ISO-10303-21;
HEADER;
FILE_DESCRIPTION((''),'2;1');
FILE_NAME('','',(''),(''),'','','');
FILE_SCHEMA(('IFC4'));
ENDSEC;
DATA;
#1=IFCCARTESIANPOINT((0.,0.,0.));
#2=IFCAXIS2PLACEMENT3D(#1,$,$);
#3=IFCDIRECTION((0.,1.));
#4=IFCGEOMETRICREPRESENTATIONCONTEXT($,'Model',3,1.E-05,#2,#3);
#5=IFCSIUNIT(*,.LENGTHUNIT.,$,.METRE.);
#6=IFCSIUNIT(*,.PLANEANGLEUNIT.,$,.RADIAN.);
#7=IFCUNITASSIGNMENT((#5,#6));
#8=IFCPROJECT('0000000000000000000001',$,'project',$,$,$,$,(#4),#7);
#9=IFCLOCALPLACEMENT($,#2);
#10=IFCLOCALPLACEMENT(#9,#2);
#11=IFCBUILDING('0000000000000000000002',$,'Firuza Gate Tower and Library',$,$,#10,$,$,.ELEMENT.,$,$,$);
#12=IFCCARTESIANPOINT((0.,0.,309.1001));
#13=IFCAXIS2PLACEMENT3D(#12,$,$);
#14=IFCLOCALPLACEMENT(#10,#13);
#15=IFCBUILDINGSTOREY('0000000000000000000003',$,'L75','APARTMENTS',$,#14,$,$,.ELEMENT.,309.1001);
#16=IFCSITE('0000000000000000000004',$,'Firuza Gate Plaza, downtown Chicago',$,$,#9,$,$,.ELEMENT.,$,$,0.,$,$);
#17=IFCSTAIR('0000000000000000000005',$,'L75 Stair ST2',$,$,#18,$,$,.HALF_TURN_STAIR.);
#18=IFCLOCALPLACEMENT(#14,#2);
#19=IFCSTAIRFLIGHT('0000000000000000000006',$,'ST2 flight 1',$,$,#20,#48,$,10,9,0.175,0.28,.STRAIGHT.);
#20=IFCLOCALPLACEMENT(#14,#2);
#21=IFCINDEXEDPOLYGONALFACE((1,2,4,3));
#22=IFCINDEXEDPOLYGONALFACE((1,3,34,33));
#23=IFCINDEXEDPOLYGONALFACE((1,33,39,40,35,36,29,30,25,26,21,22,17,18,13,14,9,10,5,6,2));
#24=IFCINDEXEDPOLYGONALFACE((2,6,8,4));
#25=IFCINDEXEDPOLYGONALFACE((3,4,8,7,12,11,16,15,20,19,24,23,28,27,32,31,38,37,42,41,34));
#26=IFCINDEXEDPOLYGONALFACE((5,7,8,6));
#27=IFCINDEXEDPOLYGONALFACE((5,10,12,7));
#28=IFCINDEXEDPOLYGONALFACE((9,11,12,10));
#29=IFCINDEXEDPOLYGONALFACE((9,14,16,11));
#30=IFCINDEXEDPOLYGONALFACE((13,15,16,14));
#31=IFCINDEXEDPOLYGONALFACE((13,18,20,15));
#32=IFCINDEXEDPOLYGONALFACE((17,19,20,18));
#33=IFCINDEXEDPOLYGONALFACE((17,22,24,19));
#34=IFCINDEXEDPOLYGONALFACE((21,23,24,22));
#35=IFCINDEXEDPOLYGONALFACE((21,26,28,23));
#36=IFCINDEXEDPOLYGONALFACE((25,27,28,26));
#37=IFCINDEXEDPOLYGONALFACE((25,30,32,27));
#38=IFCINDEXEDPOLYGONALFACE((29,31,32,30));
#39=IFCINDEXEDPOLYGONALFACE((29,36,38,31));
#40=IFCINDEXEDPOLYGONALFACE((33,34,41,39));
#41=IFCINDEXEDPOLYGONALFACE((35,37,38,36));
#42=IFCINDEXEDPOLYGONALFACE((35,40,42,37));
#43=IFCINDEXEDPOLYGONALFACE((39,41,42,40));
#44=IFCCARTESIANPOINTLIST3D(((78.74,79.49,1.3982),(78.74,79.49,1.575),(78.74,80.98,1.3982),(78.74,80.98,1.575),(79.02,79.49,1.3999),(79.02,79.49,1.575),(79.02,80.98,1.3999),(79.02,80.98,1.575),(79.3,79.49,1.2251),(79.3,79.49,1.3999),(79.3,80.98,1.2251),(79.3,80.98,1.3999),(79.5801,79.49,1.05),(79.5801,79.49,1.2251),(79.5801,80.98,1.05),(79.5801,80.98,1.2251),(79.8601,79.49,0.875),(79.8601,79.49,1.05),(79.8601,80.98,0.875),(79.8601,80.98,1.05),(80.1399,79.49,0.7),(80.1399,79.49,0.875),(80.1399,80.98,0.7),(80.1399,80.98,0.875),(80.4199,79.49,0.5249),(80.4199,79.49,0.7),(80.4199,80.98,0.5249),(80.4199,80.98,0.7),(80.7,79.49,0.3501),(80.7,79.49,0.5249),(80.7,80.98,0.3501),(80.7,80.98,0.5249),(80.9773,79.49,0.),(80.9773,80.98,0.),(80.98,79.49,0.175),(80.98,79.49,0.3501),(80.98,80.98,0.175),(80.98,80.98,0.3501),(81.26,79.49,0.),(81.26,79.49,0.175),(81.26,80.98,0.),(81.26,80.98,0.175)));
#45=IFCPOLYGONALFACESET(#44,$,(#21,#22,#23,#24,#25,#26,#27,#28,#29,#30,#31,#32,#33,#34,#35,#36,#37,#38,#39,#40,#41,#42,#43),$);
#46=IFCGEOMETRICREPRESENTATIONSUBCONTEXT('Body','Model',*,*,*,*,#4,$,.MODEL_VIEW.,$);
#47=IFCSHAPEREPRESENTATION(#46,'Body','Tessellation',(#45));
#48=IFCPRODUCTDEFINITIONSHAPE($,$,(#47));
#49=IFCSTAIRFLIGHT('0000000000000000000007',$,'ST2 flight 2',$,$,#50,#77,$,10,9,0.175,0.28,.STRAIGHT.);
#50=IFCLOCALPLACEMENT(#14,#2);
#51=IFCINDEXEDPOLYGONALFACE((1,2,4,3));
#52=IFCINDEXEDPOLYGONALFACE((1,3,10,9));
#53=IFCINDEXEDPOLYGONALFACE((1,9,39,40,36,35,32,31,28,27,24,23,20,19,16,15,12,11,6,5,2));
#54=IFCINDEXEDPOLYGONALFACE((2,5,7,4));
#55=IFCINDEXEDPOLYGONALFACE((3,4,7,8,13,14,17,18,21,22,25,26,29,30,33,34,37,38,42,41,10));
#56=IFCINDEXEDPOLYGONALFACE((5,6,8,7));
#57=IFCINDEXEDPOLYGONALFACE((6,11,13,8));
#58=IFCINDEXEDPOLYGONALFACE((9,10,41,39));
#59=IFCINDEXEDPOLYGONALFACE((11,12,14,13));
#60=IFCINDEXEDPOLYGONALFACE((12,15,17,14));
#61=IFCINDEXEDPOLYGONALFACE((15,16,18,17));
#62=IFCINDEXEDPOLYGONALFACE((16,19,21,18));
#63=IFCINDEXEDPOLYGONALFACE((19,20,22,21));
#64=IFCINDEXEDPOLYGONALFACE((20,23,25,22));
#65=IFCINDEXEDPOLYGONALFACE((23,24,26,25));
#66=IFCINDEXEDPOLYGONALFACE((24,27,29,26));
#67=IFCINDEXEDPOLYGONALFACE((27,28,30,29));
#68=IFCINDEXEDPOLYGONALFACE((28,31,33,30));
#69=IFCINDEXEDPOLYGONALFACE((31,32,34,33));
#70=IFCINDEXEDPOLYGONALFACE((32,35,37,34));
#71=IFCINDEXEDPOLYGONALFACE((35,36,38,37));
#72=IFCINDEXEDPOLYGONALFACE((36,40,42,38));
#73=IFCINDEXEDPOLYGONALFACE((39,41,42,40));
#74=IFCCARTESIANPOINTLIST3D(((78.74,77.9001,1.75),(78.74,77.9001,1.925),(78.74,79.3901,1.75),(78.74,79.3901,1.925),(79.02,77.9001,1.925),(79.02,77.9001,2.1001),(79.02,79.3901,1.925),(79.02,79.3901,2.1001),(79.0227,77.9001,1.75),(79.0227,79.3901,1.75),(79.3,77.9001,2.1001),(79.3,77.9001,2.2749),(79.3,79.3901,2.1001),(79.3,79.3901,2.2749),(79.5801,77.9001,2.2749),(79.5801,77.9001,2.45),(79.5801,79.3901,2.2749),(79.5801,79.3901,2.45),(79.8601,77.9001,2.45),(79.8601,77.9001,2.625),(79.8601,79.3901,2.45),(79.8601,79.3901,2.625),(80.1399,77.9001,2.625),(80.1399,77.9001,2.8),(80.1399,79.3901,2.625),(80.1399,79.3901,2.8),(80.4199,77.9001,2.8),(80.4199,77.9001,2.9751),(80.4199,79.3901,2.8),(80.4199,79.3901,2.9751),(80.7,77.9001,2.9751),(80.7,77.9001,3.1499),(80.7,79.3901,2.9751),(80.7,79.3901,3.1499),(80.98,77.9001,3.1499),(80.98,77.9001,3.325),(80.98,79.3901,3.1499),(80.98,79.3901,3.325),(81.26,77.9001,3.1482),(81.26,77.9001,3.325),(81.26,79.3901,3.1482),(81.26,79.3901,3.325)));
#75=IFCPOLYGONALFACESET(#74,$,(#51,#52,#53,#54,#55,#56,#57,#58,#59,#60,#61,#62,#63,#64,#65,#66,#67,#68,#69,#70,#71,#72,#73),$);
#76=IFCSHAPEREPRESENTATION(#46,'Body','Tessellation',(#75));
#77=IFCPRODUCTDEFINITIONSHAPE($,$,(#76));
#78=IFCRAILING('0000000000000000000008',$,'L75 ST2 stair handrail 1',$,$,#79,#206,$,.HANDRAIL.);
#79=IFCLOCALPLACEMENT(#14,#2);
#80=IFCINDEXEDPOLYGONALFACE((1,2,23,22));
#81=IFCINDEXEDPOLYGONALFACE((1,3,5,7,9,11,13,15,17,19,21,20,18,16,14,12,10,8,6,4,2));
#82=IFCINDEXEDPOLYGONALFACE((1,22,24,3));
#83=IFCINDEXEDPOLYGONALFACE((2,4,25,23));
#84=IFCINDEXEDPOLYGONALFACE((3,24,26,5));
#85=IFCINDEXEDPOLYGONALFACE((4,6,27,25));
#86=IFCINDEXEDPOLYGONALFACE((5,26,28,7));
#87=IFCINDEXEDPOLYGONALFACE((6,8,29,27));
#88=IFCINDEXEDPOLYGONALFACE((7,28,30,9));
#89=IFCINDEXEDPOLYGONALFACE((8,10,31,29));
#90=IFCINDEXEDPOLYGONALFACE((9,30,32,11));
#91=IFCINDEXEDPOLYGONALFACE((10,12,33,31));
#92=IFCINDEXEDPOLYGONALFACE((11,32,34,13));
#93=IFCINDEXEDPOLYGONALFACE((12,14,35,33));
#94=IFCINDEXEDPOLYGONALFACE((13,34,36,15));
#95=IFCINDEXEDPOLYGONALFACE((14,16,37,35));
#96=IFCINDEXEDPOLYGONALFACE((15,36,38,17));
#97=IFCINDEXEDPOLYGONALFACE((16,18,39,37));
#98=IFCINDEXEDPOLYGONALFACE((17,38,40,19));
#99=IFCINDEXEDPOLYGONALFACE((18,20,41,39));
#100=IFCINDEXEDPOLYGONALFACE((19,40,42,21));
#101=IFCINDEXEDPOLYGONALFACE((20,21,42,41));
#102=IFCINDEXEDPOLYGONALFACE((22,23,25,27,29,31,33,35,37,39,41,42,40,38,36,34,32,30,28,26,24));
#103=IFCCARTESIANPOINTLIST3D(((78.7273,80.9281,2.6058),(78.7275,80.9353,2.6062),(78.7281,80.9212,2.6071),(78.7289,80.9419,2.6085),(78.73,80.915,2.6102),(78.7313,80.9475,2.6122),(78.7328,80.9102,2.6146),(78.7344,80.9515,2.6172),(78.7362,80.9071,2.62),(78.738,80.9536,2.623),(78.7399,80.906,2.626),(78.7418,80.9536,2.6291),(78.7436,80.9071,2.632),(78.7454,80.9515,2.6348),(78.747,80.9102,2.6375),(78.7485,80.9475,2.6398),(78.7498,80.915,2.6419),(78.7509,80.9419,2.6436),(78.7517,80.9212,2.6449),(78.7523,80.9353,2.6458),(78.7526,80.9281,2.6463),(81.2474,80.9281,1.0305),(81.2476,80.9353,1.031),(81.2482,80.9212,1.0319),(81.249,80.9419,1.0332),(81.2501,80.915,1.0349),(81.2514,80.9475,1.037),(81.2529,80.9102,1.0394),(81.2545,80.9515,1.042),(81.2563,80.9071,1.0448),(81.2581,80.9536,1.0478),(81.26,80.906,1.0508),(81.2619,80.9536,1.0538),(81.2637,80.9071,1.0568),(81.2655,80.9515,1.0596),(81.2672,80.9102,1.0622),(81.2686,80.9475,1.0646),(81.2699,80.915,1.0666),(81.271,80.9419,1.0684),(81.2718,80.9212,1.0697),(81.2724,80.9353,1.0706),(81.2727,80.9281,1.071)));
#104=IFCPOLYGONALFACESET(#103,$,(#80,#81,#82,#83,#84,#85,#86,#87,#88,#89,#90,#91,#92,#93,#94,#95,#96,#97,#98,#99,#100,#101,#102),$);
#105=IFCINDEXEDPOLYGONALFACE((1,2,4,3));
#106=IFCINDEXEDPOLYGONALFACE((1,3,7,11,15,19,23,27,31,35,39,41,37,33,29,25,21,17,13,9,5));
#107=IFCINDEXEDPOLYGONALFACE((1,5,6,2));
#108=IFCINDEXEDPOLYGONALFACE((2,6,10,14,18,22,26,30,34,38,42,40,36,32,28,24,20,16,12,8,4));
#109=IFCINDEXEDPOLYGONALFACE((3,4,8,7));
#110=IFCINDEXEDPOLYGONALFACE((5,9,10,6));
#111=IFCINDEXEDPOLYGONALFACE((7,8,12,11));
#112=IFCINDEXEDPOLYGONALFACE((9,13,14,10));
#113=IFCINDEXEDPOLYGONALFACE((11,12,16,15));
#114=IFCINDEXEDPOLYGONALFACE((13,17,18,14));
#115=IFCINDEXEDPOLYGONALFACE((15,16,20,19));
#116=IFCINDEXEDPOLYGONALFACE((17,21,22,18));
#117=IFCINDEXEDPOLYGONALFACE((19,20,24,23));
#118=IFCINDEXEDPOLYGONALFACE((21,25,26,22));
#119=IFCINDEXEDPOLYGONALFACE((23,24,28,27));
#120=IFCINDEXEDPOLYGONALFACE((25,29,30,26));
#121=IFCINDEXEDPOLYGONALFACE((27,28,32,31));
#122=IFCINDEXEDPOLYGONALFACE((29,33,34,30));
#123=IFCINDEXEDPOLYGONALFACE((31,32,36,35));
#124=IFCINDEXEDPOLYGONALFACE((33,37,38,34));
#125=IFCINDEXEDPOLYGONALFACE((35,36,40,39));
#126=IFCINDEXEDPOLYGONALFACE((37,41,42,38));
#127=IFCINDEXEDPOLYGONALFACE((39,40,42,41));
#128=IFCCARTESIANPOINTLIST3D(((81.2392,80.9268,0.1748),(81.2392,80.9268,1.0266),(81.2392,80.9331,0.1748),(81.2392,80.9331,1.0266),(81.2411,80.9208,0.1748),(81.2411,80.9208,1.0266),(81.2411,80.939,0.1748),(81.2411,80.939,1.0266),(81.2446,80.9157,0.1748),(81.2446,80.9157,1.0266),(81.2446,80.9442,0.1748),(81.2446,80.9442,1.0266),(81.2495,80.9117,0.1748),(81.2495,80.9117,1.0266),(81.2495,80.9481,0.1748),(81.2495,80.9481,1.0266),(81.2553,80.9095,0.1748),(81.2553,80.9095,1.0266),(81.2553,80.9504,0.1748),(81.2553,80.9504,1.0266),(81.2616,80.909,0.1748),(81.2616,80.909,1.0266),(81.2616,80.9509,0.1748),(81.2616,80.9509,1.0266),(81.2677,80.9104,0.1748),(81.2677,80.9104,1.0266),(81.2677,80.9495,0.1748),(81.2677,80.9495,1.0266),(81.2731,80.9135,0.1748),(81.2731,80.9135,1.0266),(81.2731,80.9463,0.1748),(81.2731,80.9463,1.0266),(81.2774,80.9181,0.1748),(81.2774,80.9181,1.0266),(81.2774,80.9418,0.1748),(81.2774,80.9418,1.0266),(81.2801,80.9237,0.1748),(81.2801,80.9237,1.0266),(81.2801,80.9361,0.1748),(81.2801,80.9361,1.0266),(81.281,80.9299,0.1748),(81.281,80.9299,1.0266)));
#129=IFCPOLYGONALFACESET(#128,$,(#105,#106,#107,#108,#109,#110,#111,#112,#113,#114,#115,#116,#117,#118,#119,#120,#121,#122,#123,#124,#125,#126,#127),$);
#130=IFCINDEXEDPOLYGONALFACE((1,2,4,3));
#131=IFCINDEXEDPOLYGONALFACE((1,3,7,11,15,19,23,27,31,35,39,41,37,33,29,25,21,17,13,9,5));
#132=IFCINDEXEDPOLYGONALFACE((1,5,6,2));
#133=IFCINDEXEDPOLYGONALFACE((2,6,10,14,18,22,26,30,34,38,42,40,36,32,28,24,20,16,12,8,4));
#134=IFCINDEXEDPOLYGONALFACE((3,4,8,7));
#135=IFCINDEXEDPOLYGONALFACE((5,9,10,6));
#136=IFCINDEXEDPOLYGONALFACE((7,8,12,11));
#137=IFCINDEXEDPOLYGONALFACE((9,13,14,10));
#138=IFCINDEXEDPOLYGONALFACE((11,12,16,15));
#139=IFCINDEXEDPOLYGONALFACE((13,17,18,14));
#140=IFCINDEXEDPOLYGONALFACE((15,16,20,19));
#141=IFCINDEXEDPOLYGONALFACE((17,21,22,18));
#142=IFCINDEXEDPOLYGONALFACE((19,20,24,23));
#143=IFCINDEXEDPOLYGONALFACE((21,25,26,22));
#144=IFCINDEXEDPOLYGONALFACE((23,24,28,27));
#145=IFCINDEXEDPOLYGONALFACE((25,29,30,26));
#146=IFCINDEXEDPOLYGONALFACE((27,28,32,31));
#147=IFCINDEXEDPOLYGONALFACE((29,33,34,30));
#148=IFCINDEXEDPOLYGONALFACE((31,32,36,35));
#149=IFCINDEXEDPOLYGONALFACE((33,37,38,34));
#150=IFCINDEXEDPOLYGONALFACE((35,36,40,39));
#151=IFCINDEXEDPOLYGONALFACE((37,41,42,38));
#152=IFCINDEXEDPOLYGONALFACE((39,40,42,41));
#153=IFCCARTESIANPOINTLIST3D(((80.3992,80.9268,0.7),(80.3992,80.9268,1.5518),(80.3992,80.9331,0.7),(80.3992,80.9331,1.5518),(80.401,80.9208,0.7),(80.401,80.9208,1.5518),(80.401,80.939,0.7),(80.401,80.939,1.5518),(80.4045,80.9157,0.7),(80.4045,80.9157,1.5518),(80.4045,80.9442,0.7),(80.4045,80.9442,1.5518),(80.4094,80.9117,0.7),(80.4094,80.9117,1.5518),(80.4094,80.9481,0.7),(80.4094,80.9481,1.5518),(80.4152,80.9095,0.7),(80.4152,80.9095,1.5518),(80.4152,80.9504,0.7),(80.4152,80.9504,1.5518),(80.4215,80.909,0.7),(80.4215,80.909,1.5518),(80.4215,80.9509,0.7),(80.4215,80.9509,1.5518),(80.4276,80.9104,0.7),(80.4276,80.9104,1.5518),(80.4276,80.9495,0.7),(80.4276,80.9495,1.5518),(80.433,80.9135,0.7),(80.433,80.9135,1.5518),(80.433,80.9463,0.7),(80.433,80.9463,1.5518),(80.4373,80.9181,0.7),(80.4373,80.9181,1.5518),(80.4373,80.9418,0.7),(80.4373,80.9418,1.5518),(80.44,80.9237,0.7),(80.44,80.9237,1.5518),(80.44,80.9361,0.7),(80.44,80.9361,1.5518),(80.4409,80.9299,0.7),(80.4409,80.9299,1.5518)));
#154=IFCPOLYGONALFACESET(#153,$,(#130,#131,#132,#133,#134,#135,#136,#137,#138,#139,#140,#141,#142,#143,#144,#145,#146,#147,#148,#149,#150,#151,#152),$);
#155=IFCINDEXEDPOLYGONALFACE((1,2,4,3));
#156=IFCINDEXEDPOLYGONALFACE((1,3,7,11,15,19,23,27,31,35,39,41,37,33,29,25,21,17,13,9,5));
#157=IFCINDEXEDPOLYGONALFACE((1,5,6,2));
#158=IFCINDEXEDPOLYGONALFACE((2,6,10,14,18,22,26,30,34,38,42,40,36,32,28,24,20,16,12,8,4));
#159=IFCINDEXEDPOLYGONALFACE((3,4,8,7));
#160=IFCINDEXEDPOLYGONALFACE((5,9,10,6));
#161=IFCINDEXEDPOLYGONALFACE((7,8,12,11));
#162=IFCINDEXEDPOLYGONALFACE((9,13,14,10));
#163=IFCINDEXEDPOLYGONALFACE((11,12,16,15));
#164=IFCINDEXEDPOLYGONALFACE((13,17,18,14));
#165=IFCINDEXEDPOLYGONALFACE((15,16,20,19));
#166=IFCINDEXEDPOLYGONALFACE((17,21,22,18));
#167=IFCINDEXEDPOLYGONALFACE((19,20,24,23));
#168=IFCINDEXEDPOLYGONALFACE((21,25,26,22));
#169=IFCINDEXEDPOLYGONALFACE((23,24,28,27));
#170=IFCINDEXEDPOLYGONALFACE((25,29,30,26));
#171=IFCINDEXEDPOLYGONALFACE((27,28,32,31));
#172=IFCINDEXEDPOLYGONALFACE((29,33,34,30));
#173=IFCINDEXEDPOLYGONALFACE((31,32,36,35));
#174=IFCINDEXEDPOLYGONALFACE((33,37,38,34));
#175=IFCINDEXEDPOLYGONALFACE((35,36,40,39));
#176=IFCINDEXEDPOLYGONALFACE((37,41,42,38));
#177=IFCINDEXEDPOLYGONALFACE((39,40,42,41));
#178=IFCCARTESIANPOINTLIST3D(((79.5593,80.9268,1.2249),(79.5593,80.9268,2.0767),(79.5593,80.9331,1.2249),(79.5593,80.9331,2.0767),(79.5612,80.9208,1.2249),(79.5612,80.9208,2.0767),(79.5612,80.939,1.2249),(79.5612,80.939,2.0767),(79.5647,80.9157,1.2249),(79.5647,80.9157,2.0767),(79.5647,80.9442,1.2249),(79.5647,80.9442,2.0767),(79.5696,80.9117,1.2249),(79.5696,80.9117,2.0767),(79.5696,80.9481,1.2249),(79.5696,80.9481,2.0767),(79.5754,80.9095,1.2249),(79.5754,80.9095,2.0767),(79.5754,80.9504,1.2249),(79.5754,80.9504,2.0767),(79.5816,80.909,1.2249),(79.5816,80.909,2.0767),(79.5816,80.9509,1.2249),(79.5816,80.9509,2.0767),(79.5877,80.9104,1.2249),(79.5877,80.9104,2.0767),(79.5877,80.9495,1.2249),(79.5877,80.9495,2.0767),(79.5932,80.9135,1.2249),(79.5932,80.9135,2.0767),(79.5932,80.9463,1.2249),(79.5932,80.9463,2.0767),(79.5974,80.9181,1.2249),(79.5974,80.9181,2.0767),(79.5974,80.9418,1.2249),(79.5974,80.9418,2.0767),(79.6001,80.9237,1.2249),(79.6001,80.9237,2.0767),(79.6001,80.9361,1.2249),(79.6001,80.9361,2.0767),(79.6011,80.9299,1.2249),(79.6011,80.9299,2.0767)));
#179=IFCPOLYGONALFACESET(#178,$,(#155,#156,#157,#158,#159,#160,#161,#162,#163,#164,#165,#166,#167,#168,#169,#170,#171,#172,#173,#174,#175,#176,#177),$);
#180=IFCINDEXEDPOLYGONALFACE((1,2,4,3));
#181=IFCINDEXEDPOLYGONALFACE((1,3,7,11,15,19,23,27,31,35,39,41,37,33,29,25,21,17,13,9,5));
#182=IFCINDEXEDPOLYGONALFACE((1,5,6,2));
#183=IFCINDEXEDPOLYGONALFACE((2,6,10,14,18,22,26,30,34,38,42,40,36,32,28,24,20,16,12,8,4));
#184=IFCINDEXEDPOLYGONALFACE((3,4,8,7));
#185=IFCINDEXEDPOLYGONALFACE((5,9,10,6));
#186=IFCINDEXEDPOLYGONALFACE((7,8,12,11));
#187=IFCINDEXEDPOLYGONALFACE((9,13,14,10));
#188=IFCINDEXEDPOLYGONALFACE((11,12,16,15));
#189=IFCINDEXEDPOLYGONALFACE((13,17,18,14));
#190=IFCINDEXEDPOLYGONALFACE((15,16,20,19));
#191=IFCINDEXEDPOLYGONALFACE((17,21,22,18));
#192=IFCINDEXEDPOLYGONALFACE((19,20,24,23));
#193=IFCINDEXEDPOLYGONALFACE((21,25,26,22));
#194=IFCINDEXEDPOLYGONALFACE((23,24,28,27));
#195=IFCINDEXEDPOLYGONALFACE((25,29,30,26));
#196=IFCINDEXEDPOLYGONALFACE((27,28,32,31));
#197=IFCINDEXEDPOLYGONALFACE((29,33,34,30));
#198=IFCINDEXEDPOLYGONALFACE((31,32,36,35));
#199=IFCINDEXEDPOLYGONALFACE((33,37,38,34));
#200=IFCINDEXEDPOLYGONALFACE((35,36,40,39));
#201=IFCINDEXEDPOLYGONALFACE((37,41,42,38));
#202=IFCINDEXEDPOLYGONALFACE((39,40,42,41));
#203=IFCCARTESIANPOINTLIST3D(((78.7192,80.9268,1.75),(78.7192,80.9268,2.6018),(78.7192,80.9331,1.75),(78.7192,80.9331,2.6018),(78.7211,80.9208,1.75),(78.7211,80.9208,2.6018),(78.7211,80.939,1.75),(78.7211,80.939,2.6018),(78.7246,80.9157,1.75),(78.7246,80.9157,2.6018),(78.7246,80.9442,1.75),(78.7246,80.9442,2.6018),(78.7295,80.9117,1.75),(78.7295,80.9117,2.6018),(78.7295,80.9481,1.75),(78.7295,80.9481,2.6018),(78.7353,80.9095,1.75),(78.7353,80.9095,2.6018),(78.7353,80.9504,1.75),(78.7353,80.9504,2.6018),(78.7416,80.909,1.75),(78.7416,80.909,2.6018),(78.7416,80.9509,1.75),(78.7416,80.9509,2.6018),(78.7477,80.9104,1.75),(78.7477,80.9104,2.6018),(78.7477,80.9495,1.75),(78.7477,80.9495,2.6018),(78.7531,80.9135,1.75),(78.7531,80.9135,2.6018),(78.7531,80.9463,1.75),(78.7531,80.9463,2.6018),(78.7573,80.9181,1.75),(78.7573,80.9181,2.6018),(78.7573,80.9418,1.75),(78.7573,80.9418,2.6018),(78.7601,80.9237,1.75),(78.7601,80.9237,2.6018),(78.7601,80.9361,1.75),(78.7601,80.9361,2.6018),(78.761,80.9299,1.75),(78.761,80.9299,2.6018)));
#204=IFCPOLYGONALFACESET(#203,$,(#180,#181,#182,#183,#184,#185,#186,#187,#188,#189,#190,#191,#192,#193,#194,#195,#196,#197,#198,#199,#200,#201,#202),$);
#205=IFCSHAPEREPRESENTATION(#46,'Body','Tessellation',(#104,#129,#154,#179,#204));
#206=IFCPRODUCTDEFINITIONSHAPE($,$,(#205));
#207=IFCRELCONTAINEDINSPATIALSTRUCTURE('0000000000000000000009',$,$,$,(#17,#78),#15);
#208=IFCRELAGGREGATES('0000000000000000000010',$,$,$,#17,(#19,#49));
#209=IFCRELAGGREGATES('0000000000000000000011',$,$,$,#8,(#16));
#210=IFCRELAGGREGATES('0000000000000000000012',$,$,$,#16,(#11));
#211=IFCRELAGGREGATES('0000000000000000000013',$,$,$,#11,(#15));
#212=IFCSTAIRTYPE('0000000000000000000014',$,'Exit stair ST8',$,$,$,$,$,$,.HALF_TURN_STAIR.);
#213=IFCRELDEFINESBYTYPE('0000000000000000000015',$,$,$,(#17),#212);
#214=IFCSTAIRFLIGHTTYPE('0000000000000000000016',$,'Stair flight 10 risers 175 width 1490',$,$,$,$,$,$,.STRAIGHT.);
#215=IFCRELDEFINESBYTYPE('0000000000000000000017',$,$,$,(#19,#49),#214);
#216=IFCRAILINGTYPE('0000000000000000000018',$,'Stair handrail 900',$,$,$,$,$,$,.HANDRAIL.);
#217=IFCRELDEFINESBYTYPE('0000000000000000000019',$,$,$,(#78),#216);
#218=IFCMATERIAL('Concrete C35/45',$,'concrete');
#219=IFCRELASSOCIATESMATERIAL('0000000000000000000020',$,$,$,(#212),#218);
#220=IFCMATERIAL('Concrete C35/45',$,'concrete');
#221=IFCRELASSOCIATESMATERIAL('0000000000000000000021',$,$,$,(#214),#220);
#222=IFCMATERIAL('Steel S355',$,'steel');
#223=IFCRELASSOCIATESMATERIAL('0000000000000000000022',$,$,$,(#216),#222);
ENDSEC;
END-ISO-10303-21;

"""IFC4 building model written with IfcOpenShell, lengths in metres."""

from ifc_helpers import new_model, si_unit, direction, frame, origin, origin_2d, place, context, subcontext, project, spatial, polyline, circle, outline, extrude, material, type_object, element, aggregate, save


model = new_model("IFC4")

# Units and contexts
model_context = context("Model", 3, precision=1e-05, world=origin(), true_north=direction((0.0, 1.0)))
body_context = subcontext(model_context, "Body", "Model", "MODEL_VIEW")
ifc_project = project(units=[si_unit("LENGTHUNIT", "METRE"), si_unit("PLANEANGLEUNIT", "RADIAN")], contexts=[model_context])

# Site, building, storey
site_placement = place(None, origin())
site = spatial("IfcSite", under=ifc_project, at=site_placement, Name="Firuza Gate Plaza, downtown Chicago", CompositionType="ELEMENT", RefElevation=0.0)
building_placement = place(site_placement, origin())
building = spatial("IfcBuilding", under=site, at=building_placement, Name="Firuza Gate Tower and Library", CompositionType="ELEMENT")
storey_placement = place(building_placement, frame((0.0, 0.0, 309.1001)))
storey = spatial("IfcBuildingStorey", under=building, at=storey_placement, Name="L75", Description="APARTMENTS", CompositionType="ELEMENT", Elevation=309.1001)

# Shared definitions
placement = place(storey_placement, origin())

# Stair, stair flights
ifc_material_1 = material(Name="Concrete C35/45", Category="concrete")
stair_type = type_object("IfcStairType", Name="Exit stair ST8", PredefinedType="HALF_TURN_STAIR", material=ifc_material_1)
stair = element("IfcStair", 1, at=placement, inside=storey, type_object=stair_type, Name="L75 Stair ST2", PredefinedType="HALF_TURN_STAIR")
ifc_material_2 = material(Name="Concrete C35/45", Category="concrete")
stair_flight_type = type_object("IfcStairFlightType", Name="Stair flight 10 risers 175 width 1490", PredefinedType="STRAIGHT", material=ifc_material_2)
stair_flight_1_placement = place(storey_placement, frame((81.26, 80.2351, 0.0), z_axis=(0.0, 0.0, 1.0), x_axis=(-1.0, 0.0, 0.0)))
stair_flight_1 = element("IfcStairFlight", 2, at=stair_flight_1_placement, type_object=stair_flight_type, Name="ST2 flight 1", NumberOfRisers=10, NumberOfTreads=9, PredefinedType="STRAIGHT", RiserHeight=0.175, TreadLength=0.28, context=body_context, shape_type="SweptSolid", body=[
    extrude(outline(polyline([(0.0, 0.0), (0.0, 0.175), (0.28, 0.175), (0.28, 0.3501), (0.5601, 0.3501), (0.5601, 0.5249), (0.8401, 0.5249), (0.8401, 0.7), (1.1201, 0.7), (1.1201, 0.875), (1.3999, 0.875), (1.3999, 1.05), (1.6799, 1.05), (1.6799, 1.2251), (1.96, 1.2251), (1.96, 1.3999), (2.24, 1.3999), (2.24, 1.575), (2.52, 1.575), (2.52, 1.75), (2.52, 1.3982), (0.2827, 0.0), (0.0, 0.0)])), frame((0.0, 0.7451, 0.0), z_axis=(0.0, -1.0, 0.0), x_axis=(1.0, 0.0, 0.0)), (0.0, 0.0, 1.0), 1.49),
])
stair_flight_2_placement = place(storey_placement, frame((78.74, 78.645, 1.75), z_axis=(0.0, 0.0, 1.0), x_axis=(1.0, 0.0, 0.0)))
stair_flight_2 = element("IfcStairFlight", 3, at=stair_flight_2_placement, type_object=stair_flight_type, Name="ST2 flight 2", NumberOfRisers=10, NumberOfTreads=9, PredefinedType="STRAIGHT", RiserHeight=0.175, TreadLength=0.28, context=body_context, shape_type="SweptSolid", body=[
    extrude(outline(polyline([(0.0, 0.0), (0.0, 0.175), (0.28, 0.175), (0.28, 0.3501), (0.5601, 0.3501), (0.5601, 0.5249), (0.8401, 0.5249), (0.8401, 0.7), (1.1201, 0.7), (1.1201, 0.875), (1.3999, 0.875), (1.3999, 1.05), (1.6799, 1.05), (1.6799, 1.2251), (1.96, 1.2251), (1.96, 1.3999), (2.24, 1.3999), (2.24, 1.575), (2.52, 1.575), (2.52, 1.75), (2.52, 1.3982), (0.2827, 0.0), (0.0, 0.0)])), frame((0.0, 0.7451, 0.0), z_axis=(0.0, -1.0, 0.0), x_axis=(1.0, 0.0, 0.0)), (0.0, 0.0, 1.0), 1.49),
])
aggregate(stair, [stair_flight_1, stair_flight_2])

# Railing
ifc_material_3 = material(Name="Steel S355", Category="steel")
railing_type_1 = type_object("IfcRailingType", Name="Stair handrail 900", PredefinedType="HANDRAIL", material=ifc_material_3)
railing_1_placement = place(storey_placement, frame((81.26, 80.9299, 0.1748)))
element("IfcRailing", 4, at=railing_1_placement, inside=storey, type_object=railing_type_1, Name="L75 ST2 stair handrail 1", PredefinedType="HANDRAIL", context=body_context, shape_type="SweptSolid", body=[
    extrude(circle(Radius=0.0239, at=origin_2d()), frame((0.0, 0.0, 0.876), z_axis=(-0.847971, 0.0, 0.530043), x_axis=(0.0, -1.0, 0.0)), (0.0, 0.0, 1.0), 2.9719),
    extrude(circle(Radius=0.021, at=origin_2d()), origin(), (0.0, 0.0, 1.0), 0.8518),
    extrude(circle(Radius=0.021, at=origin_2d()), frame((-0.8401, 0.0, 0.5251)), (0.0, 0.0, 1.0), 0.8518),
    extrude(circle(Radius=0.021, at=origin_2d()), frame((-1.6799, 0.0, 1.05)), (0.0, 0.0, 1.0), 0.8518),
    extrude(circle(Radius=0.021, at=origin_2d()), frame((-2.52, 0.0, 1.5752)), (0.0, 0.0, 1.0), 0.8518),
])

save(model, "model.ifc")
